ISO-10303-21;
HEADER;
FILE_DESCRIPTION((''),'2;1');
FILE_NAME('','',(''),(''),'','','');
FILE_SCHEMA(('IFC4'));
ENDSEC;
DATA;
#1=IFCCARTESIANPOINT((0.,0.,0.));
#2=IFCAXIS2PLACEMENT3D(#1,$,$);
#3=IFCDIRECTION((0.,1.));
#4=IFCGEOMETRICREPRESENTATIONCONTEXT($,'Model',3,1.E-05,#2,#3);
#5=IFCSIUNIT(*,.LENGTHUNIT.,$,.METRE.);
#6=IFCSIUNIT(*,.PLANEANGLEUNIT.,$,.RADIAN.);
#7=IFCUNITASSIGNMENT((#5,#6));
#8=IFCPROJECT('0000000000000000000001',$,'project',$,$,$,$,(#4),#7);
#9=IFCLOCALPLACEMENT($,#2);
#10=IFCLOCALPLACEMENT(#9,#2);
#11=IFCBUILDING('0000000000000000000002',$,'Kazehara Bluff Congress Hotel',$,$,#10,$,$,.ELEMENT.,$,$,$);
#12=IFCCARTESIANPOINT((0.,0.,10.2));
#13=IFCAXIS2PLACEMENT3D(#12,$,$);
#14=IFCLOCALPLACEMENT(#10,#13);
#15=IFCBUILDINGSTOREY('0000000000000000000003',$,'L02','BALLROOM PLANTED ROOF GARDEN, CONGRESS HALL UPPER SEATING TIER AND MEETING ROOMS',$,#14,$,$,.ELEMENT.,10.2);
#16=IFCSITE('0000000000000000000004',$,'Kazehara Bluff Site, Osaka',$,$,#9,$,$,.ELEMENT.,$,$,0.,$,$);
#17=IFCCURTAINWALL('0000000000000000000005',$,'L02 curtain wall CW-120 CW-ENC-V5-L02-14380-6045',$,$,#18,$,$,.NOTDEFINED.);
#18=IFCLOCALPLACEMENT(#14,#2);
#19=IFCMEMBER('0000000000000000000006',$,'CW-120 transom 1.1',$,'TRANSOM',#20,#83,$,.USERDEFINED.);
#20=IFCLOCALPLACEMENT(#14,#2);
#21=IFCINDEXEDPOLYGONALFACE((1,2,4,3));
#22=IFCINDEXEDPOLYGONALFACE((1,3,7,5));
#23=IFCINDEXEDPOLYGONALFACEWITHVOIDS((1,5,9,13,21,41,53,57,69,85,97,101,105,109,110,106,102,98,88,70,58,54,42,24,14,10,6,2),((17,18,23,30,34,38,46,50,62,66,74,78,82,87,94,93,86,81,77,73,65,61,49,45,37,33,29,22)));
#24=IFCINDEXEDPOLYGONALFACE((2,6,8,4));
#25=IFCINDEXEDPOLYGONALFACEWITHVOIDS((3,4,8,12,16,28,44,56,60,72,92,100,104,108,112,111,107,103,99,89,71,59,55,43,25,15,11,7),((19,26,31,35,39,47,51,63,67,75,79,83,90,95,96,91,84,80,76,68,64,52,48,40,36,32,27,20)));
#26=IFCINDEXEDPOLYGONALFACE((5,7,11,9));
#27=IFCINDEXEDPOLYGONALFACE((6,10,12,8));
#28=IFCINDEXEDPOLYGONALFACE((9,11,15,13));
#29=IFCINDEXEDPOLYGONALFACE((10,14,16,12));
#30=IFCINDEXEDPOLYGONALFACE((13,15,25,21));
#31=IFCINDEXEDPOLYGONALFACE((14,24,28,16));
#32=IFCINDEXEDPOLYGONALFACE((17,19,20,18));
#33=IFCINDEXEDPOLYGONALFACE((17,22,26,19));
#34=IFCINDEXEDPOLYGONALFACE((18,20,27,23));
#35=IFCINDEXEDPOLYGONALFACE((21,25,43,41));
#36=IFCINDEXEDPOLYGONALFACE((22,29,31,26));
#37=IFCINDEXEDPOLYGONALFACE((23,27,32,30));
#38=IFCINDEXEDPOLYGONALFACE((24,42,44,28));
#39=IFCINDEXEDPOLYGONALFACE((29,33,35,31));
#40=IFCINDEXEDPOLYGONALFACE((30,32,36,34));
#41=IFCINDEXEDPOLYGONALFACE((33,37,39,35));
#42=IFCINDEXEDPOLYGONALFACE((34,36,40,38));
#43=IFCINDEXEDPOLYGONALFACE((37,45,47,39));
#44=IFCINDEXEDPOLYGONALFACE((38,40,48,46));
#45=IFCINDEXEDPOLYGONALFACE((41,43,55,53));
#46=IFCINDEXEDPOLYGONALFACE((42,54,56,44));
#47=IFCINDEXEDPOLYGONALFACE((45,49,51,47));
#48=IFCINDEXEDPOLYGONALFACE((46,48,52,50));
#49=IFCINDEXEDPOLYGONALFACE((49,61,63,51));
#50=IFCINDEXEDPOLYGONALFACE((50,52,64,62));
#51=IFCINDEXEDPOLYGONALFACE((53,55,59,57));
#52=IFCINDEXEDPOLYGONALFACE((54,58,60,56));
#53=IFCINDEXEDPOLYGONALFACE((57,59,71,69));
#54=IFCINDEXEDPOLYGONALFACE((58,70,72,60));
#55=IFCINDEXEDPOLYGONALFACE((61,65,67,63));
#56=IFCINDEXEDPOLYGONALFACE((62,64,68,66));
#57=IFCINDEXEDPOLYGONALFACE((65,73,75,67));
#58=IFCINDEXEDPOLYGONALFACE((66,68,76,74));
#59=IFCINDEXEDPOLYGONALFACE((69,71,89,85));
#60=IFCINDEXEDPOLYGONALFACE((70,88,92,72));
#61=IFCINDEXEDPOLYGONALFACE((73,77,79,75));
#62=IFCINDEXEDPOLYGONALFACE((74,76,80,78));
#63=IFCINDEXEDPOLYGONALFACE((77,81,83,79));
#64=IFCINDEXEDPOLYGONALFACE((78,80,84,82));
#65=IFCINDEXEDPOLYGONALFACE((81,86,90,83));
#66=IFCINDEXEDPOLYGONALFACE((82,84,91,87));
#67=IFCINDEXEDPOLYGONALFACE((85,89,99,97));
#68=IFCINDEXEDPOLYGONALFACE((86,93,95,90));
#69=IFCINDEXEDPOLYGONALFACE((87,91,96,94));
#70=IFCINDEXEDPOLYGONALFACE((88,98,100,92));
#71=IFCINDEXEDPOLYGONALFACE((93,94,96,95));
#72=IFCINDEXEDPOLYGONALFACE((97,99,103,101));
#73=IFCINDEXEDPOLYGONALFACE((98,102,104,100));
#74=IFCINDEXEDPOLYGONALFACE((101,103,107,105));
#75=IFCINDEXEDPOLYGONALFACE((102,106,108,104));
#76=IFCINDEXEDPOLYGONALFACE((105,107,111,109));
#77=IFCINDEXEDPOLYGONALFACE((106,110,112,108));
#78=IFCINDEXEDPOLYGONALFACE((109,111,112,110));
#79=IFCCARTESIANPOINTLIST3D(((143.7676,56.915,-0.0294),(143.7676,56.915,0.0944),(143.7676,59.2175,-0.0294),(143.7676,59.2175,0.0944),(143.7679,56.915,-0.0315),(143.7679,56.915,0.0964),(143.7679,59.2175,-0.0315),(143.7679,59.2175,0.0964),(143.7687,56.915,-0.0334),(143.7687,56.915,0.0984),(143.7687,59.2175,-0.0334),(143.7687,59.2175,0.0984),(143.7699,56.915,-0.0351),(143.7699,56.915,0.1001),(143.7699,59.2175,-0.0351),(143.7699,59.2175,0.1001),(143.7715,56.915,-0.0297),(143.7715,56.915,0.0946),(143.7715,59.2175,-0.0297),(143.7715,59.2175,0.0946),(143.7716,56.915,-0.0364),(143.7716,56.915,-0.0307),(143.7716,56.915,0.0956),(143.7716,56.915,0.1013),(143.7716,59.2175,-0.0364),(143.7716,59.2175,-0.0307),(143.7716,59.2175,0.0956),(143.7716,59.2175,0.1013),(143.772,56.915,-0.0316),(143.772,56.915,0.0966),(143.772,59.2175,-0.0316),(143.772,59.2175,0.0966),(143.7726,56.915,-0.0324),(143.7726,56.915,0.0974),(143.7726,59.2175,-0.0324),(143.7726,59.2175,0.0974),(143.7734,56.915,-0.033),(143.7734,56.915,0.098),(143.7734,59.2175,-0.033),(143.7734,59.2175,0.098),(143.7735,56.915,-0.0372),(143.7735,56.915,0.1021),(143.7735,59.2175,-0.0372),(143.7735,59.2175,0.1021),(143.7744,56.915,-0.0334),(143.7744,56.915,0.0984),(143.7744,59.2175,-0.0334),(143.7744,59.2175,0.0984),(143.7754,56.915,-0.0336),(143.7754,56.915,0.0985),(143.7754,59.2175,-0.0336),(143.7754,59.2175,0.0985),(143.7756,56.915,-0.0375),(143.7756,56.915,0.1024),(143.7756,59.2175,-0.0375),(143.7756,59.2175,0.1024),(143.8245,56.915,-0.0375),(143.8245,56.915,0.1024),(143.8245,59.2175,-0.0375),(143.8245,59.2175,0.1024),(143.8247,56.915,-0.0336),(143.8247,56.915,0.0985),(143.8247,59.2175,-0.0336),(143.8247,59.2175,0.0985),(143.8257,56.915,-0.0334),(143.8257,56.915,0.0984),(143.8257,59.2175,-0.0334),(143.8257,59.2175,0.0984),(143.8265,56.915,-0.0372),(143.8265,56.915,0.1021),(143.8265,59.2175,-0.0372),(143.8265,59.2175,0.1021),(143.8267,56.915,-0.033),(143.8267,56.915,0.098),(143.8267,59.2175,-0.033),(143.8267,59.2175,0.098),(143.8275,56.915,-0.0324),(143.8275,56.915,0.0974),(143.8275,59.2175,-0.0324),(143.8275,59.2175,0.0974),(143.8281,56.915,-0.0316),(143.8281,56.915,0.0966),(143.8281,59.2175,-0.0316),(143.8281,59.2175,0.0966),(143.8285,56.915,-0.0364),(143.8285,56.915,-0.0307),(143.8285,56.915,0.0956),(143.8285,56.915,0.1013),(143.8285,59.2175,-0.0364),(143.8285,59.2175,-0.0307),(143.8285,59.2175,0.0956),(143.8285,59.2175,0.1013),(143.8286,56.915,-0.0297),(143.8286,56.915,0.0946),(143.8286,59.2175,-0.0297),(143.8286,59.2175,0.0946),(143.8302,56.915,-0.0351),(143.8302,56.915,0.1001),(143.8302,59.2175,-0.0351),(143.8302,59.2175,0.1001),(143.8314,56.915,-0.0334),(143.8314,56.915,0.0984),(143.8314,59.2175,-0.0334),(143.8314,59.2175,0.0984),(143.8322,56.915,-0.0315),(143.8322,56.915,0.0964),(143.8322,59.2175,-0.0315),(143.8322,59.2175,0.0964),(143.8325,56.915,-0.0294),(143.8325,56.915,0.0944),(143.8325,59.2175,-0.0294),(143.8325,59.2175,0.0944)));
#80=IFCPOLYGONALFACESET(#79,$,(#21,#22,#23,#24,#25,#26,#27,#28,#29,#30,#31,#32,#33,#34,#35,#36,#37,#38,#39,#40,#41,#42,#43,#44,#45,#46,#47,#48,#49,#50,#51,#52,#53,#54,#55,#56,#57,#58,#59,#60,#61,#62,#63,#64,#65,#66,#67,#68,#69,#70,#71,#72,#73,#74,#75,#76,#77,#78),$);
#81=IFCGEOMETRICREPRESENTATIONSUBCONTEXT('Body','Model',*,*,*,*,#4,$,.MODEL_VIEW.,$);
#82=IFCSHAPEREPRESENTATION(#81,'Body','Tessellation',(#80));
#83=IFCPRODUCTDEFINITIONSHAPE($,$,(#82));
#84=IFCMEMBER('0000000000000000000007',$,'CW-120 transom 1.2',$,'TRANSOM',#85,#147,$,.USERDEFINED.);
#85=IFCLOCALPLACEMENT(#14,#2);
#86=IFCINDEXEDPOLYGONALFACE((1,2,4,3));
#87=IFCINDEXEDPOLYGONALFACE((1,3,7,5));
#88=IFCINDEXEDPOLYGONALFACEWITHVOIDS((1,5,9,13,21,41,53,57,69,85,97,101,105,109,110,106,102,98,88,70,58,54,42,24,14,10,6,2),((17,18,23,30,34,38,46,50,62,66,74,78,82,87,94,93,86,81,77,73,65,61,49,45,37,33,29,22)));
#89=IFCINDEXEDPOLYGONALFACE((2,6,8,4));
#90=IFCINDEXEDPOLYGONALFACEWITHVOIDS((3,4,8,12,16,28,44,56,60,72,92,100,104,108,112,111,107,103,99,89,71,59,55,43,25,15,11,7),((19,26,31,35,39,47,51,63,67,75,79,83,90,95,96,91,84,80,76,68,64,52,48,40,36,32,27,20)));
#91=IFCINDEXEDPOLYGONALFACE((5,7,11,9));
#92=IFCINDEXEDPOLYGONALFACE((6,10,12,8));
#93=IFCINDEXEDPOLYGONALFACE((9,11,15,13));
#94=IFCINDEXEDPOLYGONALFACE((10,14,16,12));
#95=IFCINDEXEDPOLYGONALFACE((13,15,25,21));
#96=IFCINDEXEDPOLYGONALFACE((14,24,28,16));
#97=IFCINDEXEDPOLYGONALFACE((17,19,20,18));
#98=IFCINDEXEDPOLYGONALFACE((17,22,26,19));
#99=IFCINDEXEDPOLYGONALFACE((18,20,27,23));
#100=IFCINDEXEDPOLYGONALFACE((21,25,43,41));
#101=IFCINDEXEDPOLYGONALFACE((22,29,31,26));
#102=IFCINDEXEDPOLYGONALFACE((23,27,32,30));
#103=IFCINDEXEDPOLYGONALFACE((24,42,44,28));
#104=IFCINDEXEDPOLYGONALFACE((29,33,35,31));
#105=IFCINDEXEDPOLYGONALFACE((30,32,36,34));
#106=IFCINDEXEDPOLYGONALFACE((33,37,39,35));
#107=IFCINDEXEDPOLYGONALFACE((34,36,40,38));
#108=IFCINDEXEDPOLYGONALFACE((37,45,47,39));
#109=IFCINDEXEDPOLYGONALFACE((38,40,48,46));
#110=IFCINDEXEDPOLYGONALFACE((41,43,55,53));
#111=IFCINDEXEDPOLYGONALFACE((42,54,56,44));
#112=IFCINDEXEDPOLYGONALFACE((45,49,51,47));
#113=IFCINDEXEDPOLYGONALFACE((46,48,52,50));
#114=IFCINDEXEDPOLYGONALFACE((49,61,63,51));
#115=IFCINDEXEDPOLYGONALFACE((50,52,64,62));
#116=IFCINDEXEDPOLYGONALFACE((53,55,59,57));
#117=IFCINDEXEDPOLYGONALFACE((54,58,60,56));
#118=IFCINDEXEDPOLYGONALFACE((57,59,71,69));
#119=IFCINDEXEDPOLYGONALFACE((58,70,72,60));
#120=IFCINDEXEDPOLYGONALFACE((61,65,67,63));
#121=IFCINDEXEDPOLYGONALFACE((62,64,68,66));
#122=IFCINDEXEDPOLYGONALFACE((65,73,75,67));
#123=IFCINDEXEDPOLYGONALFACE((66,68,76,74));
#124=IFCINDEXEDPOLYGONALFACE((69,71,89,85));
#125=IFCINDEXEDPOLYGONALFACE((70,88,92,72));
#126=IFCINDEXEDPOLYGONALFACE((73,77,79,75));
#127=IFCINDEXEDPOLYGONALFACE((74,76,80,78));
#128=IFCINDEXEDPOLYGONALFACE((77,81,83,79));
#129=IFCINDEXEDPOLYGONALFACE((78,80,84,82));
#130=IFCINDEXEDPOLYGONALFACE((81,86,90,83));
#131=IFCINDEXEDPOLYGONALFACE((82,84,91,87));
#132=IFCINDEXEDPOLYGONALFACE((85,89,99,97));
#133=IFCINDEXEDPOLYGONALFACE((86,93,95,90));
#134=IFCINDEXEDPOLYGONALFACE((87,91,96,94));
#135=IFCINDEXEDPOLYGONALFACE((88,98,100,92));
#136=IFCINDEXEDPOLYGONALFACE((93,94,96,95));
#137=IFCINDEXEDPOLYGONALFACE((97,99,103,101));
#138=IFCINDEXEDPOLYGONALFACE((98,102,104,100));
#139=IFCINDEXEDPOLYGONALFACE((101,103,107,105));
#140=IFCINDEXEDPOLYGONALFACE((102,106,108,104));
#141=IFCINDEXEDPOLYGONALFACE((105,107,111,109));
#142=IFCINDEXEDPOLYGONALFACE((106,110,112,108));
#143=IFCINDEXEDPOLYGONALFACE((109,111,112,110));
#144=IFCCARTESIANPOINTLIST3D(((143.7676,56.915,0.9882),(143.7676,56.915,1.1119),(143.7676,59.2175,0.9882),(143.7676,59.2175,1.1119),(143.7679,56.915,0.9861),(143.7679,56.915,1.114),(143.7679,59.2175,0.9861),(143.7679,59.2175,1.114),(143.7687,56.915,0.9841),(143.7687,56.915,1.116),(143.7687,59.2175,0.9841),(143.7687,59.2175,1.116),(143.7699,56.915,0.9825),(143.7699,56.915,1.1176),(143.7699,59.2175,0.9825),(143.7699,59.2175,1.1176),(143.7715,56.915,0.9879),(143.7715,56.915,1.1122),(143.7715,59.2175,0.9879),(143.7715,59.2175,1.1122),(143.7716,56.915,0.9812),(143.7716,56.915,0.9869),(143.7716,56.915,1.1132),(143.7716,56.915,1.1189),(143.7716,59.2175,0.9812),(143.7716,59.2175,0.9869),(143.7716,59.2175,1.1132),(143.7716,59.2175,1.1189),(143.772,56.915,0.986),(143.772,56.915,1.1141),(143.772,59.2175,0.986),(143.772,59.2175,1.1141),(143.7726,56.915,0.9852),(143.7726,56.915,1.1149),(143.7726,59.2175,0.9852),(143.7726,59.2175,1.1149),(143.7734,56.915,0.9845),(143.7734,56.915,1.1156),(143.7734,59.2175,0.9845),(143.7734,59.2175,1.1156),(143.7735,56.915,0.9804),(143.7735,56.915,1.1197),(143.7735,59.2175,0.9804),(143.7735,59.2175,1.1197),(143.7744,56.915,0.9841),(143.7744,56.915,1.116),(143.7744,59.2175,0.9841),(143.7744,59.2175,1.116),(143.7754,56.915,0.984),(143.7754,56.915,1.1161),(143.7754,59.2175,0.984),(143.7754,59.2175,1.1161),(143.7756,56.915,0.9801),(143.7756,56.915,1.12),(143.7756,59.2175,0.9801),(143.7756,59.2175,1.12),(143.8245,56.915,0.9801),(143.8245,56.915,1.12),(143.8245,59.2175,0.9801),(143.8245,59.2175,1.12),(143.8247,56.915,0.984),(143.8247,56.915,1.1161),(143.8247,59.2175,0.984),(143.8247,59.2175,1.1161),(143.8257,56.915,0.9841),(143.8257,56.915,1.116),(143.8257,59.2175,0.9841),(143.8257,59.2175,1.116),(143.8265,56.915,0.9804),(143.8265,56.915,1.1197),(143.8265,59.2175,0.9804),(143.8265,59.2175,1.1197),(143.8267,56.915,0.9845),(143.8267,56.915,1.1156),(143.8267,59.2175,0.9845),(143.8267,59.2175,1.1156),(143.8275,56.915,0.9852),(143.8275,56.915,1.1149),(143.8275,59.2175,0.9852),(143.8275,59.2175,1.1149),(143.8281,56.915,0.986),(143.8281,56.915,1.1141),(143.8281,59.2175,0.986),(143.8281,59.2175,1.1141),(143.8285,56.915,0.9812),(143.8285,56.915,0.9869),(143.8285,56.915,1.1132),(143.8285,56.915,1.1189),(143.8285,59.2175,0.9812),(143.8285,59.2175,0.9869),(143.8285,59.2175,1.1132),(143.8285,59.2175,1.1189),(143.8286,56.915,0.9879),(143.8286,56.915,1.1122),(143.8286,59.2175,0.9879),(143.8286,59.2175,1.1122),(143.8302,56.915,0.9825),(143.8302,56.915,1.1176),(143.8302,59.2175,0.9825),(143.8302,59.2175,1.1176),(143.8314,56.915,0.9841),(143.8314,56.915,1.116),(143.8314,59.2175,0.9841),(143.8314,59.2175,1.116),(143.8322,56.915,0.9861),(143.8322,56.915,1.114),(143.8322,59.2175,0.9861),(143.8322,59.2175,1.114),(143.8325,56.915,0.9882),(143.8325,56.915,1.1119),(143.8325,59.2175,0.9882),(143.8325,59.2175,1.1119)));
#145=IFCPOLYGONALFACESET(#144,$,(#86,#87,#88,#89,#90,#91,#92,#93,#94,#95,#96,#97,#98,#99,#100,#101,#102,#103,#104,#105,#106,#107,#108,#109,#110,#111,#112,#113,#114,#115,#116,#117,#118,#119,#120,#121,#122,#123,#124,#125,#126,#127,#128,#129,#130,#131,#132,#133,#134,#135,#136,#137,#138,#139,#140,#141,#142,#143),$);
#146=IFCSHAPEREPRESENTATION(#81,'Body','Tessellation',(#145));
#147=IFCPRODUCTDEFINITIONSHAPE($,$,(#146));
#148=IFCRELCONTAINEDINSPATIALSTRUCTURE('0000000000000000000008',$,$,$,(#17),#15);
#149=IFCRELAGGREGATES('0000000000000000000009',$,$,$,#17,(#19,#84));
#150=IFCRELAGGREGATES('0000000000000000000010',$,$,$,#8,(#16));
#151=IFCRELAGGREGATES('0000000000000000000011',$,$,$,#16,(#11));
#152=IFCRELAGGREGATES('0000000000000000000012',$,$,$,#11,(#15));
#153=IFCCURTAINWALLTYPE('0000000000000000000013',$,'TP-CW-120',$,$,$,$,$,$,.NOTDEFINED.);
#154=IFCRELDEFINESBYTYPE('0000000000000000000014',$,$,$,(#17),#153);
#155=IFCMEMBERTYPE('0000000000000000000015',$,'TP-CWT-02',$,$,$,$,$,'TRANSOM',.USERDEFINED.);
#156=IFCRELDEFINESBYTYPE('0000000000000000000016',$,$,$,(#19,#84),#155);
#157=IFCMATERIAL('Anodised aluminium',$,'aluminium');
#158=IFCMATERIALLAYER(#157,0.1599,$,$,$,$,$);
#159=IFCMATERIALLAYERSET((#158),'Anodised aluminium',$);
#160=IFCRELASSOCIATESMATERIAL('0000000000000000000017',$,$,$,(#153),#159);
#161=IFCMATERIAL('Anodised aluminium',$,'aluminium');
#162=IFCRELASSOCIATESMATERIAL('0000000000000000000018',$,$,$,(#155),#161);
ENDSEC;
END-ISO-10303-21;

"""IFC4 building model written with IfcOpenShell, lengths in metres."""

from ifc_helpers import new_model, si_unit, direction, frame, origin, origin_2d, place, context, subcontext, project, spatial, hollow_rectangle, extrude, material, layer, layer_set, material_profile, profile_set, type_object, element, aggregate, save


model = new_model("IFC4")

# Units and contexts
model_context = context("Model", 3, precision=1e-05, world=origin(), true_north=direction((0.0, 1.0)))
body_context = subcontext(model_context, "Body", "Model", "MODEL_VIEW")
ifc_project = project(units=[si_unit("LENGTHUNIT", "METRE"), si_unit("PLANEANGLEUNIT", "RADIAN")], contexts=[model_context])

# Site, building, storey
site_placement = place(None, origin())
site = spatial("IfcSite", under=ifc_project, at=site_placement, Name="Kazehara Bluff Site, Osaka", CompositionType="ELEMENT", RefElevation=0.0)
building_placement = place(site_placement, origin())
building = spatial("IfcBuilding", under=site, at=building_placement, Name="Kazehara Bluff Congress Hotel", CompositionType="ELEMENT")
storey_placement = place(building_placement, frame((0.0, 0.0, 10.2)))
storey = spatial("IfcBuildingStorey", under=building, at=storey_placement, Name="L02", Description="BALLROOM PLANTED ROOF GARDEN, CONGRESS HALL UPPER SEATING TIER AND MEETING ROOMS", CompositionType="ELEMENT", Elevation=10.2)

# Curtain wall, members
ifc_material_1 = material(Name="Anodised aluminium", Category="aluminium")
ifc_layer_1 = layer(ifc_material_1, 0.1599)
ifc_layer_set_1 = layer_set([ifc_layer_1], Name="Anodised aluminium")
curtain_wall_type_1 = type_object("IfcCurtainWallType", Name="TP-CW-120", PredefinedType="NOTDEFINED", material=ifc_layer_set_1)
curtain_wall_1_placement = place(storey_placement, origin())
curtain_wall_1 = element("IfcCurtainWall", 1, at=curtain_wall_1_placement, inside=storey, type_object=curtain_wall_type_1, Name="L02 curtain wall CW-120 CW-ENC-V5-L02-14380-6045", PredefinedType="NOTDEFINED")
ifc_material_2 = material(Name="Anodised aluminium", Category="aluminium")
ifc_material_profile_1 = material_profile(ifc_material_2, hollow_rectangle(XDim=0.0649, YDim=0.1399, WallThickness=0.0039, InnerFilletRadius=0.0039, OuterFilletRadius=0.0081, at=origin_2d()))
ifc_profile_set_1 = profile_set([ifc_material_profile_1], Name="Anodised aluminium")
member_type_1 = type_object("IfcMemberType", Name="TP-CWT-02", ElementType="TRANSOM", PredefinedType="USERDEFINED", material=ifc_profile_set_1)
member_1_placement = place(storey_placement, frame((143.8, 56.915, 0.0325), z_axis=(0.0, 1.0, 0.0), x_axis=(-1.0, 0.0, 0.0)))
member_1 = element("IfcMember", 2, at=member_1_placement, type_object=member_type_1, Name="CW-120 transom 1.1", ObjectType="TRANSOM", PredefinedType="USERDEFINED", context=body_context, shape_type="SweptSolid", body=[
    extrude(hollow_rectangle(XDim=0.0649, YDim=0.1399, WallThickness=0.0039, InnerFilletRadius=0.0039, OuterFilletRadius=0.0081, at=origin_2d()), origin(), (0.0, 0.0, 1.0), 2.3025),
])
member_2_placement = place(storey_placement, frame((143.8, 56.915, 1.05), z_axis=(0.0, 1.0, 0.0), x_axis=(-1.0, 0.0, 0.0)))
member_2 = element("IfcMember", 3, at=member_2_placement, type_object=member_type_1, Name="CW-120 transom 1.2", ObjectType="TRANSOM", PredefinedType="USERDEFINED", context=body_context, shape_type="SweptSolid", body=[
    extrude(hollow_rectangle(XDim=0.0649, YDim=0.1399, WallThickness=0.0039, InnerFilletRadius=0.0039, OuterFilletRadius=0.0081, at=origin_2d()), origin(), (0.0, 0.0, 1.0), 2.3025),
])
aggregate(curtain_wall_1, [member_1, member_2])

save(model, "model.ifc")
